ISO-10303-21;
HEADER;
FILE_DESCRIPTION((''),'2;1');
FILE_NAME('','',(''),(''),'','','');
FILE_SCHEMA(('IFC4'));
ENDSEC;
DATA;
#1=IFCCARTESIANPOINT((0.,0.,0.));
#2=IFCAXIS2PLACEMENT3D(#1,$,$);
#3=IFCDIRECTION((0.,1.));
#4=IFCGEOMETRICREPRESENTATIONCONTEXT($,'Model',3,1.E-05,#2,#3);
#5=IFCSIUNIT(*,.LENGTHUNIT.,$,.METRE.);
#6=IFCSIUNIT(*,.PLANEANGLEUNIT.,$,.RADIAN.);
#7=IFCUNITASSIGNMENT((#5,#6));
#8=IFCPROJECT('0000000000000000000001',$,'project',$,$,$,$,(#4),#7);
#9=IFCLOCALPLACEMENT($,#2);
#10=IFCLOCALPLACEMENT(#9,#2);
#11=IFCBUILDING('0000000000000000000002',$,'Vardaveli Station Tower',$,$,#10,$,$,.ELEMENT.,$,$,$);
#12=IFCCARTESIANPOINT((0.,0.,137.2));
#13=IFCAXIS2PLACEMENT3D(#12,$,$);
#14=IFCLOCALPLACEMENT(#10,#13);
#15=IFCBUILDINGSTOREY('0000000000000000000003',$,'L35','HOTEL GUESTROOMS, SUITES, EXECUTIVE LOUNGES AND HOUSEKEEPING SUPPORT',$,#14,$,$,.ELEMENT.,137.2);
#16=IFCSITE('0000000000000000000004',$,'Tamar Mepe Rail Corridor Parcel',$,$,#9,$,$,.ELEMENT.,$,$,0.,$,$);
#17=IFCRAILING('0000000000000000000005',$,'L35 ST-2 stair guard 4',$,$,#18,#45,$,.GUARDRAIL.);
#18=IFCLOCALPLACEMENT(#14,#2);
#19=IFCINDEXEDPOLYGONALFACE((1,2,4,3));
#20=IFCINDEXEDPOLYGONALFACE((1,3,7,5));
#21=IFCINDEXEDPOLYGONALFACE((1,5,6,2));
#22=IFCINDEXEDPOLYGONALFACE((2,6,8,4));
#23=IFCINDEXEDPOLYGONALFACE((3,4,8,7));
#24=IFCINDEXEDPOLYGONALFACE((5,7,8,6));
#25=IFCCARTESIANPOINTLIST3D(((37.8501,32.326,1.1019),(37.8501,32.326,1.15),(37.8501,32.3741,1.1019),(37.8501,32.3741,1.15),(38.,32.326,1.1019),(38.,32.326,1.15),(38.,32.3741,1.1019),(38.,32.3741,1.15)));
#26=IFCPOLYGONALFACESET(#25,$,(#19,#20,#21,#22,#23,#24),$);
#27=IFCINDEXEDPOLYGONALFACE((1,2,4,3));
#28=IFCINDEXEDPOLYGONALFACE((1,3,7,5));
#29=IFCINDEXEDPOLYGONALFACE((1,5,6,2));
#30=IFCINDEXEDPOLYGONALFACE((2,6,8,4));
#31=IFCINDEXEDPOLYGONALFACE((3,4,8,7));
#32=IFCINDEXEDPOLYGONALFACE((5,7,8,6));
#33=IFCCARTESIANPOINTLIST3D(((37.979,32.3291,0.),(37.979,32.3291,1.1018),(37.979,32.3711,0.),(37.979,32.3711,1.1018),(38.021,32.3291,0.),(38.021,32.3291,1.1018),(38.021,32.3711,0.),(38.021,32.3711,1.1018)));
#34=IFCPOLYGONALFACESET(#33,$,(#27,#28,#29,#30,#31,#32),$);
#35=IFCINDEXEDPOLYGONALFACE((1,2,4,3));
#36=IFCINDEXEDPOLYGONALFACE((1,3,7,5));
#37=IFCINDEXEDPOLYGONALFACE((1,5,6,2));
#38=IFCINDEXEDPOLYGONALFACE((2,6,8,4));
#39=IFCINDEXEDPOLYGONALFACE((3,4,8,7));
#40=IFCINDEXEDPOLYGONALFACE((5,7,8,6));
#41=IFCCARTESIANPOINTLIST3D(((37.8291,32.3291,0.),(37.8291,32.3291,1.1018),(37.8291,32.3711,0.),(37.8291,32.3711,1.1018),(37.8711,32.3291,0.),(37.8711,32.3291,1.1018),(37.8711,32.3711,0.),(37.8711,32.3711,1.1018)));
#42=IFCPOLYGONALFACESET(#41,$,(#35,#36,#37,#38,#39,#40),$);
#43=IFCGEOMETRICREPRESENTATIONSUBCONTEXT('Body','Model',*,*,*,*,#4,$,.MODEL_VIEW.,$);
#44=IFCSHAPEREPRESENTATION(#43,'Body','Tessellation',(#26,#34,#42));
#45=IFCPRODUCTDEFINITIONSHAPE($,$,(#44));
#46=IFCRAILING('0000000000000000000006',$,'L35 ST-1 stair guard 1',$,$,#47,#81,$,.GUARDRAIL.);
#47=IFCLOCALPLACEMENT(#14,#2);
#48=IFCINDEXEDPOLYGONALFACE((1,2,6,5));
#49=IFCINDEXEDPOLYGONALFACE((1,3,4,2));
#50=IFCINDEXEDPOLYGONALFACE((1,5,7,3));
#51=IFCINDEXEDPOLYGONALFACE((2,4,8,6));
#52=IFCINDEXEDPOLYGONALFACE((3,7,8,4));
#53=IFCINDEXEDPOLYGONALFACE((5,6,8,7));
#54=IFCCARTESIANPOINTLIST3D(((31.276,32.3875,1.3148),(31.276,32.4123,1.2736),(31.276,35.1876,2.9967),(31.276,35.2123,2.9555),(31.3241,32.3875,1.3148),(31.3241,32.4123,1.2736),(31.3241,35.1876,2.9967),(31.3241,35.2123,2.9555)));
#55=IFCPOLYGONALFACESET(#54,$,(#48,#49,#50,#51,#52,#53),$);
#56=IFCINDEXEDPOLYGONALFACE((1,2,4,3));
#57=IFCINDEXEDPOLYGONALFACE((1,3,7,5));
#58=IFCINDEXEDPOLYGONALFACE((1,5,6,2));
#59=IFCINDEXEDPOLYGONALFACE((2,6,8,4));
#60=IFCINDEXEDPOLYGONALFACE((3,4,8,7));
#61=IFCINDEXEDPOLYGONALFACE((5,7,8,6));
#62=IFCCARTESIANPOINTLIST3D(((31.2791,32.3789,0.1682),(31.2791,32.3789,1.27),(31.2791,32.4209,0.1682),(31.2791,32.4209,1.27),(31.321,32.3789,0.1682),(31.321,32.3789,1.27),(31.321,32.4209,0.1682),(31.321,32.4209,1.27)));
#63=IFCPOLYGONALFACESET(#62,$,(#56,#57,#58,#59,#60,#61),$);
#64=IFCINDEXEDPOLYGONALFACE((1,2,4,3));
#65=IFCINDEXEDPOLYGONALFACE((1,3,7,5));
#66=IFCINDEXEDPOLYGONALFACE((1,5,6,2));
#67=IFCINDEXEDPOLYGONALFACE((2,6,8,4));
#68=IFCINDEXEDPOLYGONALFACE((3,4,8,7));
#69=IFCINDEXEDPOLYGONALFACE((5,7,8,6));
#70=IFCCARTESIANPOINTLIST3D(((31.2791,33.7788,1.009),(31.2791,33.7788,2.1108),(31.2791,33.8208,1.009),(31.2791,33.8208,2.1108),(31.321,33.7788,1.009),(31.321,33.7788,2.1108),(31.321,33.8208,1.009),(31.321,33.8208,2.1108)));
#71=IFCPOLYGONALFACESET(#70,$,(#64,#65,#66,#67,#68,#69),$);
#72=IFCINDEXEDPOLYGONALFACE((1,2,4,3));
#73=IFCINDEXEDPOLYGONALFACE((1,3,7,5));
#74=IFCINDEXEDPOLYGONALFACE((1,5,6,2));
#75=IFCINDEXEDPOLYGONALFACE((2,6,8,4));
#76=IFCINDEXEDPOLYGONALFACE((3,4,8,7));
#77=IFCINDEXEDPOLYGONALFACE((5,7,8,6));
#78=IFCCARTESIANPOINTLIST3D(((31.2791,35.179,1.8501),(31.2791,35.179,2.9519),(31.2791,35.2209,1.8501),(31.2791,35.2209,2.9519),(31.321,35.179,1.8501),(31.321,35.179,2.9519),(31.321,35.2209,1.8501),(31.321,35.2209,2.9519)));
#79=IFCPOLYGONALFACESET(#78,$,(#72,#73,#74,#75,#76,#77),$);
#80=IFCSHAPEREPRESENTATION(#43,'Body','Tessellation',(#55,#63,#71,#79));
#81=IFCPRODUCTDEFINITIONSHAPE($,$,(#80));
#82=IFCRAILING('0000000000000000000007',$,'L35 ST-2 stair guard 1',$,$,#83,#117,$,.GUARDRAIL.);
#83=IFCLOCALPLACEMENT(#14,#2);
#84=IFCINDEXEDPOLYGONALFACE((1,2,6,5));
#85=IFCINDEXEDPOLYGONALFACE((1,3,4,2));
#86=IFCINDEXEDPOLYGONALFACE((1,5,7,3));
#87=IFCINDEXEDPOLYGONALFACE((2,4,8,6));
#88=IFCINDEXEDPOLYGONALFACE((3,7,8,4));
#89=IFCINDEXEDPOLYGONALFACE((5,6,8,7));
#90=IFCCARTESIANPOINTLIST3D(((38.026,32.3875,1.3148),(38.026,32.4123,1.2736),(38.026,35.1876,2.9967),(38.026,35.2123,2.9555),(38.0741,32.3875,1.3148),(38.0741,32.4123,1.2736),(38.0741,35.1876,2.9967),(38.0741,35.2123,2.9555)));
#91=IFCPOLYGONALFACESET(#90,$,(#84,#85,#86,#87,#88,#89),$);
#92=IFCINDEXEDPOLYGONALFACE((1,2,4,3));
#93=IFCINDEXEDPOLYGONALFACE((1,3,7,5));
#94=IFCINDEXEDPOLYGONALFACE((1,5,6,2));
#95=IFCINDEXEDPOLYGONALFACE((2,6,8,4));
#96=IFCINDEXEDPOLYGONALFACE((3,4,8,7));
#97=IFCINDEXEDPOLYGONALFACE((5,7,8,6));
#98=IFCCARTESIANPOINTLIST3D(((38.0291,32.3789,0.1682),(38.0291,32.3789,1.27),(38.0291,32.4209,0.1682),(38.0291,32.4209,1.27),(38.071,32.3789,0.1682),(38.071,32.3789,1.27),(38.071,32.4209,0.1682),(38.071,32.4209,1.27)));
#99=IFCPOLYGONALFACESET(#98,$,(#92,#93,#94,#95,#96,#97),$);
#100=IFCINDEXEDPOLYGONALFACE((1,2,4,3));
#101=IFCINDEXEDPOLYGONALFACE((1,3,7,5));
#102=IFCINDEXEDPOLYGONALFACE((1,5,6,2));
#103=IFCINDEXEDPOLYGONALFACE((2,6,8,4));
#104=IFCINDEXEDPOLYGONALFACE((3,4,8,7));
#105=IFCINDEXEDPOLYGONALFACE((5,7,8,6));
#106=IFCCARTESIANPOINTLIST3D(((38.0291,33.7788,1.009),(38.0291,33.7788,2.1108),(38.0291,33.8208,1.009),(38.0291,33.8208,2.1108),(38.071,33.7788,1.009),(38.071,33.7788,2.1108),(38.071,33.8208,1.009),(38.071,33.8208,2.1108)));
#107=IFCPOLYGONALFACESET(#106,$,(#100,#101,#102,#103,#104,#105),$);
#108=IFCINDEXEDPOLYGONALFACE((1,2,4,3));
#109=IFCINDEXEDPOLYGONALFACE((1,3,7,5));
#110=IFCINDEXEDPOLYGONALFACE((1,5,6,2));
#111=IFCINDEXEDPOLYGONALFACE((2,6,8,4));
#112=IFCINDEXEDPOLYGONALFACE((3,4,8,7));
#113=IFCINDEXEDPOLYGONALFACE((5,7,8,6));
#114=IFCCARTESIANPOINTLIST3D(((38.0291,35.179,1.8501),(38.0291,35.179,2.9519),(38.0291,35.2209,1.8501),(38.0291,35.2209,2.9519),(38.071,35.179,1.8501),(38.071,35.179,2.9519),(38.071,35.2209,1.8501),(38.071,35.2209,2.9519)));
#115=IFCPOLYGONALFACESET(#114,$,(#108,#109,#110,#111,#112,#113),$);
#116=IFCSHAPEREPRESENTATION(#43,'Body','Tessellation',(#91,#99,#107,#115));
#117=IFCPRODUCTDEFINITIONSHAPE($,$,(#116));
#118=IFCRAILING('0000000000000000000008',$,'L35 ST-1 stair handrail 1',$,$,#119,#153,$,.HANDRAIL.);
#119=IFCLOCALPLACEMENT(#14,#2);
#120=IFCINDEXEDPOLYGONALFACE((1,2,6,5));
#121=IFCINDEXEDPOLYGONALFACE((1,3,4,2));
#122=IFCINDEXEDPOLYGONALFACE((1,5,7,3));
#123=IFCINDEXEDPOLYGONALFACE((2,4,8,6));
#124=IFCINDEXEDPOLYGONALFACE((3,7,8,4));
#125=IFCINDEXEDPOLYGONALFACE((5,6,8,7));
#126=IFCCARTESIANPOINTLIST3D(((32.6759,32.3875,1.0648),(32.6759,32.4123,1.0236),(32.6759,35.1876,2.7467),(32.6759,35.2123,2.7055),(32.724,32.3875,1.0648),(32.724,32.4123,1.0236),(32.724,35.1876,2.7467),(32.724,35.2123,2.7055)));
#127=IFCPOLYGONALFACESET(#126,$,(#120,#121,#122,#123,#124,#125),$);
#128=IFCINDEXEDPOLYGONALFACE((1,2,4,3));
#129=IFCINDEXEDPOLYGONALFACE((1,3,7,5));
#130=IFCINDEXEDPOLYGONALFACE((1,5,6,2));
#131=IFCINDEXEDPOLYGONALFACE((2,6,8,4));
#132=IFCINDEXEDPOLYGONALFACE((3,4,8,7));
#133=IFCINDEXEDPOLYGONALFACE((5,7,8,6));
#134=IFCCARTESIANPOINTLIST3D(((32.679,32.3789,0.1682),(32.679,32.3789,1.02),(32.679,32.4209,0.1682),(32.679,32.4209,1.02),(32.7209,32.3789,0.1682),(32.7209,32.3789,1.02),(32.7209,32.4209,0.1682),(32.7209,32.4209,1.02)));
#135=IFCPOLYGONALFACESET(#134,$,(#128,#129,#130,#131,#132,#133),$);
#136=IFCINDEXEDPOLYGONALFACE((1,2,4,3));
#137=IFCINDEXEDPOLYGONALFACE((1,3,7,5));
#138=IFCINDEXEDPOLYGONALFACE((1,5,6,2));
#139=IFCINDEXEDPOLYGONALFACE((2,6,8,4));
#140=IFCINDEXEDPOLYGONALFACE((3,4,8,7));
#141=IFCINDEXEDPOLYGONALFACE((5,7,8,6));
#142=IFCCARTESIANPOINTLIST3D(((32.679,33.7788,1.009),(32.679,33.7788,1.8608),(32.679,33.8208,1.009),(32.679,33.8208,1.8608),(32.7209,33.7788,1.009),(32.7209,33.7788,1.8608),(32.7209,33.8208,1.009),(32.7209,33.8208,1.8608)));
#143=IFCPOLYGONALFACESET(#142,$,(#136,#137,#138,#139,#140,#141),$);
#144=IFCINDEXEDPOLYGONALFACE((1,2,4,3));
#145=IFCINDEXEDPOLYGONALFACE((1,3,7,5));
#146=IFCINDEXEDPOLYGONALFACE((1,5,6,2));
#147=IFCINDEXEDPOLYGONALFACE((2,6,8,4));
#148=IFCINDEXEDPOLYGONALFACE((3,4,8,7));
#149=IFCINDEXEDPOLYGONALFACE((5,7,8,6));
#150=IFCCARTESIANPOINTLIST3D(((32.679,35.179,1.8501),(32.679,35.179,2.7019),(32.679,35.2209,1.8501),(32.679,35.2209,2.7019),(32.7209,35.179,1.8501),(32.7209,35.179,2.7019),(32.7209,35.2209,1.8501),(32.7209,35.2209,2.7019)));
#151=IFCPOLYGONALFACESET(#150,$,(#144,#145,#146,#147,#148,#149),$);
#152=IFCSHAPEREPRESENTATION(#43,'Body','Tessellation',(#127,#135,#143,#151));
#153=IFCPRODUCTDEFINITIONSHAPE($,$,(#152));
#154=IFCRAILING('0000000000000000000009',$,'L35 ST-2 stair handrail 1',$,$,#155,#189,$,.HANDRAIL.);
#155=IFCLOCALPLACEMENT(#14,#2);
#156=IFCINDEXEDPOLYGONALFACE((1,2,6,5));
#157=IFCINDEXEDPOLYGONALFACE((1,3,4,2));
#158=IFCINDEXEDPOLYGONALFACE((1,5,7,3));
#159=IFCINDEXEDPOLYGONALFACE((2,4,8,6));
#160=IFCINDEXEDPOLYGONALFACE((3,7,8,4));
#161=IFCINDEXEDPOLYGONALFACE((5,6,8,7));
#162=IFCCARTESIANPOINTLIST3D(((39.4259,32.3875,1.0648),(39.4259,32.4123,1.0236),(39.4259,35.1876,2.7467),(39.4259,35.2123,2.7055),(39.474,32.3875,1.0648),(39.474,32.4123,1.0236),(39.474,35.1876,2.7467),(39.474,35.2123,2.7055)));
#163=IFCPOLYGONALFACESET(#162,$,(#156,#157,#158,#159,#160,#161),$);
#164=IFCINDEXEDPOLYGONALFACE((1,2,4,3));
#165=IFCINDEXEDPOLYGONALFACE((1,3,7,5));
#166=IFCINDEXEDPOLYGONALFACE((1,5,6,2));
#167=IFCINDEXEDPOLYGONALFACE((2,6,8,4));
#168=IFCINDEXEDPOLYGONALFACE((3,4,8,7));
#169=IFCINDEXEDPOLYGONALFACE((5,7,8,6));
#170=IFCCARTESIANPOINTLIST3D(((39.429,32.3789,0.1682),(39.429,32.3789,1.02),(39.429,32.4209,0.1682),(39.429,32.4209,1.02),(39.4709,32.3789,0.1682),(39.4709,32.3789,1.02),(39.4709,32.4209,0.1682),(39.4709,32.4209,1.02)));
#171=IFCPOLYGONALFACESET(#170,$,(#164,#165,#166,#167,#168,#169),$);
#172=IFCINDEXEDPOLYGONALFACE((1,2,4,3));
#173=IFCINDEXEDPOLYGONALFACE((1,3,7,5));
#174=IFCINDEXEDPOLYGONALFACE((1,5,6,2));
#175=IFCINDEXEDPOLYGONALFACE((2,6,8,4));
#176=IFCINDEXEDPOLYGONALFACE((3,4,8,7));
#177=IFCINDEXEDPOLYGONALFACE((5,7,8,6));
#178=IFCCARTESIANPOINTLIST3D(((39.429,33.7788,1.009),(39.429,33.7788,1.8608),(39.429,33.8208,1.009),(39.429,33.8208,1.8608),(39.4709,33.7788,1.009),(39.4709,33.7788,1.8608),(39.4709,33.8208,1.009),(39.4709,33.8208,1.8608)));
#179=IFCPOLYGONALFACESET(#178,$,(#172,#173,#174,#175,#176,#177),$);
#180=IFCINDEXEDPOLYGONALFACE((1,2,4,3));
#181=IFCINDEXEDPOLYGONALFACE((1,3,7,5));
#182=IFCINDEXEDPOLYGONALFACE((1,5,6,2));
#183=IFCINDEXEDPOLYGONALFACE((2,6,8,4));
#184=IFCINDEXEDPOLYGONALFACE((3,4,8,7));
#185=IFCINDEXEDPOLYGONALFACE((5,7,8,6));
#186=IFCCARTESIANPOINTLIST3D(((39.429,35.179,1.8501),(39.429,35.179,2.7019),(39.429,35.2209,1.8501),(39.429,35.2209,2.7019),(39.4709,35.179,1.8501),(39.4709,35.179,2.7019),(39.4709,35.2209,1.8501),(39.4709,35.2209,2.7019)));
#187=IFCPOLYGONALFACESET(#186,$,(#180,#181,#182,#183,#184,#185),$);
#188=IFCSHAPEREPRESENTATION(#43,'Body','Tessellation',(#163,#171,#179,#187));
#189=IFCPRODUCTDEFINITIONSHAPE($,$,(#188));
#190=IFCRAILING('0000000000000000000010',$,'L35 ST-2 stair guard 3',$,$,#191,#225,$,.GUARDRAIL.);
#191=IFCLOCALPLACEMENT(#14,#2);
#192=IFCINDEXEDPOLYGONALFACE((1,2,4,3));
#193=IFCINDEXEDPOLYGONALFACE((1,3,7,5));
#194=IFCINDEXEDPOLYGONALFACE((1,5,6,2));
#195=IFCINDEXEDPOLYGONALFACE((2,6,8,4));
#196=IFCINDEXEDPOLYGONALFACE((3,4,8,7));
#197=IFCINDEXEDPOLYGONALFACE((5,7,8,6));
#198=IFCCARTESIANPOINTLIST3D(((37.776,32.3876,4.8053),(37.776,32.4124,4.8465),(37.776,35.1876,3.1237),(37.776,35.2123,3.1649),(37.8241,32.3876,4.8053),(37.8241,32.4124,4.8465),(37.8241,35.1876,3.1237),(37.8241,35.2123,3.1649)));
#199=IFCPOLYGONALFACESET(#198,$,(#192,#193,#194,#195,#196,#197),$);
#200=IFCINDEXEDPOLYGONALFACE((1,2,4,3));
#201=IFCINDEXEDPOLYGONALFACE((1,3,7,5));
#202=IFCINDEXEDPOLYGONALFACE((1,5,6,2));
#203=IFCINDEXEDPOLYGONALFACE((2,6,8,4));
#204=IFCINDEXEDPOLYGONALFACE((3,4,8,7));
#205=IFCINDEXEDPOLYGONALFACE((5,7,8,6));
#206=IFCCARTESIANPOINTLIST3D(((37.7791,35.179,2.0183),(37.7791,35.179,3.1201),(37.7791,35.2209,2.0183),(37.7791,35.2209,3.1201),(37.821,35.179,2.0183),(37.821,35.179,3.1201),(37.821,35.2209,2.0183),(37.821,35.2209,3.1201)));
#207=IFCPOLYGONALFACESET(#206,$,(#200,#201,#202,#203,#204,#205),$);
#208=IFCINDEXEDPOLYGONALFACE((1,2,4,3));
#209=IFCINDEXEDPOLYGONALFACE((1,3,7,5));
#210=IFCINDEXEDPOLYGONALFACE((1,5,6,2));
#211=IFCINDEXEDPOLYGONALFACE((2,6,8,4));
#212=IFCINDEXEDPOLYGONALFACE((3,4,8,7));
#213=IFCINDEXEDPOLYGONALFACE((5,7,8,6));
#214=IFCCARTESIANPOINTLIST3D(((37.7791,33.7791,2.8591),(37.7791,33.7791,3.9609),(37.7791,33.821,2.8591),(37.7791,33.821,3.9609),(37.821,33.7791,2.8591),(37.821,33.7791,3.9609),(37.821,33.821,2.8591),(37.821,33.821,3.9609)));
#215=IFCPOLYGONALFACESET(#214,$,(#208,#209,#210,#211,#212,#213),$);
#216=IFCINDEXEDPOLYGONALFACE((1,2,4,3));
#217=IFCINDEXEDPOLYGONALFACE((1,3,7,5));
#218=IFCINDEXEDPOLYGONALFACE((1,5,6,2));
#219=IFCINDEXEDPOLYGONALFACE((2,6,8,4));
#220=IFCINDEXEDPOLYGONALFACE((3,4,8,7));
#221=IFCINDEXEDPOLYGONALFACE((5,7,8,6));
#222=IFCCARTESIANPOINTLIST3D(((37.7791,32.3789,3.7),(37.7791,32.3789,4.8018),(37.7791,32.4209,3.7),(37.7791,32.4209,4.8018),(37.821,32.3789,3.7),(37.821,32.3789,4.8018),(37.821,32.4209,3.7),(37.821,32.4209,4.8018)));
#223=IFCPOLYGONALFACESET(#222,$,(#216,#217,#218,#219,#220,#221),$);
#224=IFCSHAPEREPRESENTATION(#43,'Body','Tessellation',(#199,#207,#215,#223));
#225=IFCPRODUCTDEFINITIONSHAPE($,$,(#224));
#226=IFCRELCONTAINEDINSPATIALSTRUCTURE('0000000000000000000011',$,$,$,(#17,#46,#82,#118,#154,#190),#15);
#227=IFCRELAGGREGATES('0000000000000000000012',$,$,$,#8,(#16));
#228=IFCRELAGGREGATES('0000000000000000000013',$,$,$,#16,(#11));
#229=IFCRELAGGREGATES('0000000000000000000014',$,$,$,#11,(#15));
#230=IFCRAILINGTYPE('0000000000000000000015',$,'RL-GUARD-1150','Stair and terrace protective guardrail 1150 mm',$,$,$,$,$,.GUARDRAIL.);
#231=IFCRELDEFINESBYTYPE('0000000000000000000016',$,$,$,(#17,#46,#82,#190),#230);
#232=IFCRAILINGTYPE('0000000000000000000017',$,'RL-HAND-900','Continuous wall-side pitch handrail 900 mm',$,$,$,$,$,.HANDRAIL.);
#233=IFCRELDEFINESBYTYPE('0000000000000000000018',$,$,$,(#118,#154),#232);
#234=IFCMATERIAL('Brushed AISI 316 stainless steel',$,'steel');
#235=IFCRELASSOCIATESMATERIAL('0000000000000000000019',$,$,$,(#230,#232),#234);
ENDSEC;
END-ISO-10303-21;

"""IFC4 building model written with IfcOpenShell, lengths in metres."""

from ifc_helpers import new_model, si_unit, direction, frame, origin, origin_2d, place, context, subcontext, project, spatial, rectangle, extrude, source, transform, mapped, material, type_object, element, save


model = new_model("IFC4")

# Units and contexts
model_context = context("Model", 3, precision=1e-05, world=origin(), true_north=direction((0.0, 1.0)))
body_context = subcontext(model_context, "Body", "Model", "MODEL_VIEW")
ifc_project = project(units=[si_unit("LENGTHUNIT", "METRE"), si_unit("PLANEANGLEUNIT", "RADIAN")], contexts=[model_context])

# Site, building, storey
site_placement = place(None, origin())
site = spatial("IfcSite", under=ifc_project, at=site_placement, Name="Tamar Mepe Rail Corridor Parcel", CompositionType="ELEMENT", RefElevation=0.0)
building_placement = place(site_placement, origin())
building = spatial("IfcBuilding", under=site, at=building_placement, Name="Vardaveli Station Tower", CompositionType="ELEMENT")
storey_placement = place(building_placement, frame((0.0, 0.0, 137.2)))
storey = spatial("IfcBuildingStorey", under=building, at=storey_placement, Name="L35", Description="HOTEL GUESTROOMS, SUITES, EXECUTIVE LOUNGES AND HOUSEKEEPING SUPPORT", CompositionType="ELEMENT", Elevation=137.2)

# Railings
ifc_material_1 = material(Name="Brushed AISI 316 stainless steel", Category="steel")
railing_type_1 = type_object("IfcRailingType", Name="RL-GUARD-1150", Description="Stair and terrace protective guardrail 1150 mm", PredefinedType="GUARDRAIL", material=ifc_material_1)
shared_shape_1 = source(origin(), body_context, "Body", "SweptSolid", [
    extrude(rectangle(XDim=0.0481, YDim=0.0481, at=origin_2d()), frame((0.0, 0.0, 1.126), z_axis=(-1.0, 0.0, 0.0), x_axis=(0.0, -1.0, 0.0)), (0.0, 0.0, 1.0), 0.1499),
    extrude(rectangle(XDim=0.042, YDim=0.042, at=origin_2d()), origin(), (0.0, 0.0, 1.0), 1.1018),
    extrude(rectangle(XDim=0.042, YDim=0.042, at=origin_2d()), frame((-0.1499, 0.0, 0.0)), (0.0, 0.0, 1.0), 1.1018),
])
for number, where, name in (
    (1, (38.0, 32.3501, 0.0), "L35 ST-2 stair guard 4"),
):
    element("IfcRailing", number, at=place(storey_placement, frame(where)), inside=storey, type_object=railing_type_1, Name=name, PredefinedType="GUARDRAIL", context=body_context, shape_type="MappedRepresentation", body=[
        mapped(shared_shape_1, transform((0.0, 0.0, 0.0), scale=1.0)),
    ])
shared_shape_2 = source(origin(), body_context, "Body", "SweptSolid", [
    extrude(rectangle(XDim=0.0481, YDim=0.0481, at=origin_2d()), frame((0.0, 0.0, 1.126), z_axis=(0.0, 0.857242, 0.514913), x_axis=(-1.0, 0.0, 0.0)), (0.0, 0.0, 1.0), 3.2664),
    extrude(rectangle(XDim=0.042, YDim=0.042, at=origin_2d()), origin(), (0.0, 0.0, 1.0), 1.1018),
    extrude(rectangle(XDim=0.042, YDim=0.042, at=origin_2d()), frame((0.0, 1.3999, 0.8408)), (0.0, 0.0, 1.0), 1.1018),
    extrude(rectangle(XDim=0.042, YDim=0.042, at=origin_2d()), frame((0.0, 2.8, 1.6819)), (0.0, 0.0, 1.0), 1.1018),
])
for number, where, name in (
    (2, (31.3, 32.3999, 0.1682), "L35 ST-1 stair guard 1"),
    (3, (38.05, 32.3999, 0.1682), "L35 ST-2 stair guard 1"),
):
    element("IfcRailing", number, at=place(storey_placement, frame(where)), inside=storey, type_object=railing_type_1, Name=name, PredefinedType="GUARDRAIL", context=body_context, shape_type="MappedRepresentation", body=[
        mapped(shared_shape_2, transform((0.0, 0.0, 0.0), scale=1.0)),
    ])
railing_type_2 = type_object("IfcRailingType", Name="RL-HAND-900", Description="Continuous wall-side pitch handrail 900 mm", PredefinedType="HANDRAIL", material=ifc_material_1)
shared_shape_3 = source(origin(), body_context, "Body", "SweptSolid", [
    extrude(rectangle(XDim=0.0481, YDim=0.0481, at=origin_2d()), frame((0.0, 0.0, 0.876), z_axis=(0.0, 0.857242, 0.514913), x_axis=(-1.0, 0.0, 0.0)), (0.0, 0.0, 1.0), 3.2664),
    extrude(rectangle(XDim=0.042, YDim=0.042, at=origin_2d()), origin(), (0.0, 0.0, 1.0), 0.8518),
    extrude(rectangle(XDim=0.042, YDim=0.042, at=origin_2d()), frame((0.0, 1.3999, 0.8408)), (0.0, 0.0, 1.0), 0.8518),
    extrude(rectangle(XDim=0.042, YDim=0.042, at=origin_2d()), frame((0.0, 2.8, 1.6819)), (0.0, 0.0, 1.0), 0.8518),
])
for number, where, name in (
    (4, (32.7, 32.3999, 0.1682), "L35 ST-1 stair handrail 1"),
    (5, (39.45, 32.3999, 0.1682), "L35 ST-2 stair handrail 1"),
):
    element("IfcRailing", number, at=place(storey_placement, frame(where)), inside=storey, type_object=railing_type_2, Name=name, PredefinedType="HANDRAIL", context=body_context, shape_type="MappedRepresentation", body=[
        mapped(shared_shape_3, transform((0.0, 0.0, 0.0), scale=1.0)),
    ])
shared_shape_4 = source(origin(), body_context, "Body", "SweptSolid", [
    extrude(rectangle(XDim=0.0481, YDim=0.0481, at=origin_2d()), frame((0.0, 0.0, 1.126), z_axis=(0.0, -0.857275, 0.514858), x_axis=(1.0, 0.0, 0.0)), (0.0, 0.0, 1.0), 3.2661),
    extrude(rectangle(XDim=0.042, YDim=0.042, at=origin_2d()), origin(), (0.0, 0.0, 1.0), 1.1018),
    extrude(rectangle(XDim=0.042, YDim=0.042, at=origin_2d()), frame((0.0, -1.3999, 0.8408)), (0.0, 0.0, 1.0), 1.1018),
    extrude(rectangle(XDim=0.042, YDim=0.042, at=origin_2d()), frame((0.0, -2.8, 1.6816)), (0.0, 0.0, 1.0), 1.1018),
])
railing_1_placement = place(storey_placement, frame((37.8, 35.2, 2.0183)))
element("IfcRailing", 6, at=railing_1_placement, inside=storey, type_object=railing_type_1, Name="L35 ST-2 stair guard 3", PredefinedType="GUARDRAIL", context=body_context, shape_type="MappedRepresentation", body=[
    mapped(shared_shape_4, transform((0.0, 0.0, 0.0), scale=1.0)),
])

save(model, "model.ifc")
